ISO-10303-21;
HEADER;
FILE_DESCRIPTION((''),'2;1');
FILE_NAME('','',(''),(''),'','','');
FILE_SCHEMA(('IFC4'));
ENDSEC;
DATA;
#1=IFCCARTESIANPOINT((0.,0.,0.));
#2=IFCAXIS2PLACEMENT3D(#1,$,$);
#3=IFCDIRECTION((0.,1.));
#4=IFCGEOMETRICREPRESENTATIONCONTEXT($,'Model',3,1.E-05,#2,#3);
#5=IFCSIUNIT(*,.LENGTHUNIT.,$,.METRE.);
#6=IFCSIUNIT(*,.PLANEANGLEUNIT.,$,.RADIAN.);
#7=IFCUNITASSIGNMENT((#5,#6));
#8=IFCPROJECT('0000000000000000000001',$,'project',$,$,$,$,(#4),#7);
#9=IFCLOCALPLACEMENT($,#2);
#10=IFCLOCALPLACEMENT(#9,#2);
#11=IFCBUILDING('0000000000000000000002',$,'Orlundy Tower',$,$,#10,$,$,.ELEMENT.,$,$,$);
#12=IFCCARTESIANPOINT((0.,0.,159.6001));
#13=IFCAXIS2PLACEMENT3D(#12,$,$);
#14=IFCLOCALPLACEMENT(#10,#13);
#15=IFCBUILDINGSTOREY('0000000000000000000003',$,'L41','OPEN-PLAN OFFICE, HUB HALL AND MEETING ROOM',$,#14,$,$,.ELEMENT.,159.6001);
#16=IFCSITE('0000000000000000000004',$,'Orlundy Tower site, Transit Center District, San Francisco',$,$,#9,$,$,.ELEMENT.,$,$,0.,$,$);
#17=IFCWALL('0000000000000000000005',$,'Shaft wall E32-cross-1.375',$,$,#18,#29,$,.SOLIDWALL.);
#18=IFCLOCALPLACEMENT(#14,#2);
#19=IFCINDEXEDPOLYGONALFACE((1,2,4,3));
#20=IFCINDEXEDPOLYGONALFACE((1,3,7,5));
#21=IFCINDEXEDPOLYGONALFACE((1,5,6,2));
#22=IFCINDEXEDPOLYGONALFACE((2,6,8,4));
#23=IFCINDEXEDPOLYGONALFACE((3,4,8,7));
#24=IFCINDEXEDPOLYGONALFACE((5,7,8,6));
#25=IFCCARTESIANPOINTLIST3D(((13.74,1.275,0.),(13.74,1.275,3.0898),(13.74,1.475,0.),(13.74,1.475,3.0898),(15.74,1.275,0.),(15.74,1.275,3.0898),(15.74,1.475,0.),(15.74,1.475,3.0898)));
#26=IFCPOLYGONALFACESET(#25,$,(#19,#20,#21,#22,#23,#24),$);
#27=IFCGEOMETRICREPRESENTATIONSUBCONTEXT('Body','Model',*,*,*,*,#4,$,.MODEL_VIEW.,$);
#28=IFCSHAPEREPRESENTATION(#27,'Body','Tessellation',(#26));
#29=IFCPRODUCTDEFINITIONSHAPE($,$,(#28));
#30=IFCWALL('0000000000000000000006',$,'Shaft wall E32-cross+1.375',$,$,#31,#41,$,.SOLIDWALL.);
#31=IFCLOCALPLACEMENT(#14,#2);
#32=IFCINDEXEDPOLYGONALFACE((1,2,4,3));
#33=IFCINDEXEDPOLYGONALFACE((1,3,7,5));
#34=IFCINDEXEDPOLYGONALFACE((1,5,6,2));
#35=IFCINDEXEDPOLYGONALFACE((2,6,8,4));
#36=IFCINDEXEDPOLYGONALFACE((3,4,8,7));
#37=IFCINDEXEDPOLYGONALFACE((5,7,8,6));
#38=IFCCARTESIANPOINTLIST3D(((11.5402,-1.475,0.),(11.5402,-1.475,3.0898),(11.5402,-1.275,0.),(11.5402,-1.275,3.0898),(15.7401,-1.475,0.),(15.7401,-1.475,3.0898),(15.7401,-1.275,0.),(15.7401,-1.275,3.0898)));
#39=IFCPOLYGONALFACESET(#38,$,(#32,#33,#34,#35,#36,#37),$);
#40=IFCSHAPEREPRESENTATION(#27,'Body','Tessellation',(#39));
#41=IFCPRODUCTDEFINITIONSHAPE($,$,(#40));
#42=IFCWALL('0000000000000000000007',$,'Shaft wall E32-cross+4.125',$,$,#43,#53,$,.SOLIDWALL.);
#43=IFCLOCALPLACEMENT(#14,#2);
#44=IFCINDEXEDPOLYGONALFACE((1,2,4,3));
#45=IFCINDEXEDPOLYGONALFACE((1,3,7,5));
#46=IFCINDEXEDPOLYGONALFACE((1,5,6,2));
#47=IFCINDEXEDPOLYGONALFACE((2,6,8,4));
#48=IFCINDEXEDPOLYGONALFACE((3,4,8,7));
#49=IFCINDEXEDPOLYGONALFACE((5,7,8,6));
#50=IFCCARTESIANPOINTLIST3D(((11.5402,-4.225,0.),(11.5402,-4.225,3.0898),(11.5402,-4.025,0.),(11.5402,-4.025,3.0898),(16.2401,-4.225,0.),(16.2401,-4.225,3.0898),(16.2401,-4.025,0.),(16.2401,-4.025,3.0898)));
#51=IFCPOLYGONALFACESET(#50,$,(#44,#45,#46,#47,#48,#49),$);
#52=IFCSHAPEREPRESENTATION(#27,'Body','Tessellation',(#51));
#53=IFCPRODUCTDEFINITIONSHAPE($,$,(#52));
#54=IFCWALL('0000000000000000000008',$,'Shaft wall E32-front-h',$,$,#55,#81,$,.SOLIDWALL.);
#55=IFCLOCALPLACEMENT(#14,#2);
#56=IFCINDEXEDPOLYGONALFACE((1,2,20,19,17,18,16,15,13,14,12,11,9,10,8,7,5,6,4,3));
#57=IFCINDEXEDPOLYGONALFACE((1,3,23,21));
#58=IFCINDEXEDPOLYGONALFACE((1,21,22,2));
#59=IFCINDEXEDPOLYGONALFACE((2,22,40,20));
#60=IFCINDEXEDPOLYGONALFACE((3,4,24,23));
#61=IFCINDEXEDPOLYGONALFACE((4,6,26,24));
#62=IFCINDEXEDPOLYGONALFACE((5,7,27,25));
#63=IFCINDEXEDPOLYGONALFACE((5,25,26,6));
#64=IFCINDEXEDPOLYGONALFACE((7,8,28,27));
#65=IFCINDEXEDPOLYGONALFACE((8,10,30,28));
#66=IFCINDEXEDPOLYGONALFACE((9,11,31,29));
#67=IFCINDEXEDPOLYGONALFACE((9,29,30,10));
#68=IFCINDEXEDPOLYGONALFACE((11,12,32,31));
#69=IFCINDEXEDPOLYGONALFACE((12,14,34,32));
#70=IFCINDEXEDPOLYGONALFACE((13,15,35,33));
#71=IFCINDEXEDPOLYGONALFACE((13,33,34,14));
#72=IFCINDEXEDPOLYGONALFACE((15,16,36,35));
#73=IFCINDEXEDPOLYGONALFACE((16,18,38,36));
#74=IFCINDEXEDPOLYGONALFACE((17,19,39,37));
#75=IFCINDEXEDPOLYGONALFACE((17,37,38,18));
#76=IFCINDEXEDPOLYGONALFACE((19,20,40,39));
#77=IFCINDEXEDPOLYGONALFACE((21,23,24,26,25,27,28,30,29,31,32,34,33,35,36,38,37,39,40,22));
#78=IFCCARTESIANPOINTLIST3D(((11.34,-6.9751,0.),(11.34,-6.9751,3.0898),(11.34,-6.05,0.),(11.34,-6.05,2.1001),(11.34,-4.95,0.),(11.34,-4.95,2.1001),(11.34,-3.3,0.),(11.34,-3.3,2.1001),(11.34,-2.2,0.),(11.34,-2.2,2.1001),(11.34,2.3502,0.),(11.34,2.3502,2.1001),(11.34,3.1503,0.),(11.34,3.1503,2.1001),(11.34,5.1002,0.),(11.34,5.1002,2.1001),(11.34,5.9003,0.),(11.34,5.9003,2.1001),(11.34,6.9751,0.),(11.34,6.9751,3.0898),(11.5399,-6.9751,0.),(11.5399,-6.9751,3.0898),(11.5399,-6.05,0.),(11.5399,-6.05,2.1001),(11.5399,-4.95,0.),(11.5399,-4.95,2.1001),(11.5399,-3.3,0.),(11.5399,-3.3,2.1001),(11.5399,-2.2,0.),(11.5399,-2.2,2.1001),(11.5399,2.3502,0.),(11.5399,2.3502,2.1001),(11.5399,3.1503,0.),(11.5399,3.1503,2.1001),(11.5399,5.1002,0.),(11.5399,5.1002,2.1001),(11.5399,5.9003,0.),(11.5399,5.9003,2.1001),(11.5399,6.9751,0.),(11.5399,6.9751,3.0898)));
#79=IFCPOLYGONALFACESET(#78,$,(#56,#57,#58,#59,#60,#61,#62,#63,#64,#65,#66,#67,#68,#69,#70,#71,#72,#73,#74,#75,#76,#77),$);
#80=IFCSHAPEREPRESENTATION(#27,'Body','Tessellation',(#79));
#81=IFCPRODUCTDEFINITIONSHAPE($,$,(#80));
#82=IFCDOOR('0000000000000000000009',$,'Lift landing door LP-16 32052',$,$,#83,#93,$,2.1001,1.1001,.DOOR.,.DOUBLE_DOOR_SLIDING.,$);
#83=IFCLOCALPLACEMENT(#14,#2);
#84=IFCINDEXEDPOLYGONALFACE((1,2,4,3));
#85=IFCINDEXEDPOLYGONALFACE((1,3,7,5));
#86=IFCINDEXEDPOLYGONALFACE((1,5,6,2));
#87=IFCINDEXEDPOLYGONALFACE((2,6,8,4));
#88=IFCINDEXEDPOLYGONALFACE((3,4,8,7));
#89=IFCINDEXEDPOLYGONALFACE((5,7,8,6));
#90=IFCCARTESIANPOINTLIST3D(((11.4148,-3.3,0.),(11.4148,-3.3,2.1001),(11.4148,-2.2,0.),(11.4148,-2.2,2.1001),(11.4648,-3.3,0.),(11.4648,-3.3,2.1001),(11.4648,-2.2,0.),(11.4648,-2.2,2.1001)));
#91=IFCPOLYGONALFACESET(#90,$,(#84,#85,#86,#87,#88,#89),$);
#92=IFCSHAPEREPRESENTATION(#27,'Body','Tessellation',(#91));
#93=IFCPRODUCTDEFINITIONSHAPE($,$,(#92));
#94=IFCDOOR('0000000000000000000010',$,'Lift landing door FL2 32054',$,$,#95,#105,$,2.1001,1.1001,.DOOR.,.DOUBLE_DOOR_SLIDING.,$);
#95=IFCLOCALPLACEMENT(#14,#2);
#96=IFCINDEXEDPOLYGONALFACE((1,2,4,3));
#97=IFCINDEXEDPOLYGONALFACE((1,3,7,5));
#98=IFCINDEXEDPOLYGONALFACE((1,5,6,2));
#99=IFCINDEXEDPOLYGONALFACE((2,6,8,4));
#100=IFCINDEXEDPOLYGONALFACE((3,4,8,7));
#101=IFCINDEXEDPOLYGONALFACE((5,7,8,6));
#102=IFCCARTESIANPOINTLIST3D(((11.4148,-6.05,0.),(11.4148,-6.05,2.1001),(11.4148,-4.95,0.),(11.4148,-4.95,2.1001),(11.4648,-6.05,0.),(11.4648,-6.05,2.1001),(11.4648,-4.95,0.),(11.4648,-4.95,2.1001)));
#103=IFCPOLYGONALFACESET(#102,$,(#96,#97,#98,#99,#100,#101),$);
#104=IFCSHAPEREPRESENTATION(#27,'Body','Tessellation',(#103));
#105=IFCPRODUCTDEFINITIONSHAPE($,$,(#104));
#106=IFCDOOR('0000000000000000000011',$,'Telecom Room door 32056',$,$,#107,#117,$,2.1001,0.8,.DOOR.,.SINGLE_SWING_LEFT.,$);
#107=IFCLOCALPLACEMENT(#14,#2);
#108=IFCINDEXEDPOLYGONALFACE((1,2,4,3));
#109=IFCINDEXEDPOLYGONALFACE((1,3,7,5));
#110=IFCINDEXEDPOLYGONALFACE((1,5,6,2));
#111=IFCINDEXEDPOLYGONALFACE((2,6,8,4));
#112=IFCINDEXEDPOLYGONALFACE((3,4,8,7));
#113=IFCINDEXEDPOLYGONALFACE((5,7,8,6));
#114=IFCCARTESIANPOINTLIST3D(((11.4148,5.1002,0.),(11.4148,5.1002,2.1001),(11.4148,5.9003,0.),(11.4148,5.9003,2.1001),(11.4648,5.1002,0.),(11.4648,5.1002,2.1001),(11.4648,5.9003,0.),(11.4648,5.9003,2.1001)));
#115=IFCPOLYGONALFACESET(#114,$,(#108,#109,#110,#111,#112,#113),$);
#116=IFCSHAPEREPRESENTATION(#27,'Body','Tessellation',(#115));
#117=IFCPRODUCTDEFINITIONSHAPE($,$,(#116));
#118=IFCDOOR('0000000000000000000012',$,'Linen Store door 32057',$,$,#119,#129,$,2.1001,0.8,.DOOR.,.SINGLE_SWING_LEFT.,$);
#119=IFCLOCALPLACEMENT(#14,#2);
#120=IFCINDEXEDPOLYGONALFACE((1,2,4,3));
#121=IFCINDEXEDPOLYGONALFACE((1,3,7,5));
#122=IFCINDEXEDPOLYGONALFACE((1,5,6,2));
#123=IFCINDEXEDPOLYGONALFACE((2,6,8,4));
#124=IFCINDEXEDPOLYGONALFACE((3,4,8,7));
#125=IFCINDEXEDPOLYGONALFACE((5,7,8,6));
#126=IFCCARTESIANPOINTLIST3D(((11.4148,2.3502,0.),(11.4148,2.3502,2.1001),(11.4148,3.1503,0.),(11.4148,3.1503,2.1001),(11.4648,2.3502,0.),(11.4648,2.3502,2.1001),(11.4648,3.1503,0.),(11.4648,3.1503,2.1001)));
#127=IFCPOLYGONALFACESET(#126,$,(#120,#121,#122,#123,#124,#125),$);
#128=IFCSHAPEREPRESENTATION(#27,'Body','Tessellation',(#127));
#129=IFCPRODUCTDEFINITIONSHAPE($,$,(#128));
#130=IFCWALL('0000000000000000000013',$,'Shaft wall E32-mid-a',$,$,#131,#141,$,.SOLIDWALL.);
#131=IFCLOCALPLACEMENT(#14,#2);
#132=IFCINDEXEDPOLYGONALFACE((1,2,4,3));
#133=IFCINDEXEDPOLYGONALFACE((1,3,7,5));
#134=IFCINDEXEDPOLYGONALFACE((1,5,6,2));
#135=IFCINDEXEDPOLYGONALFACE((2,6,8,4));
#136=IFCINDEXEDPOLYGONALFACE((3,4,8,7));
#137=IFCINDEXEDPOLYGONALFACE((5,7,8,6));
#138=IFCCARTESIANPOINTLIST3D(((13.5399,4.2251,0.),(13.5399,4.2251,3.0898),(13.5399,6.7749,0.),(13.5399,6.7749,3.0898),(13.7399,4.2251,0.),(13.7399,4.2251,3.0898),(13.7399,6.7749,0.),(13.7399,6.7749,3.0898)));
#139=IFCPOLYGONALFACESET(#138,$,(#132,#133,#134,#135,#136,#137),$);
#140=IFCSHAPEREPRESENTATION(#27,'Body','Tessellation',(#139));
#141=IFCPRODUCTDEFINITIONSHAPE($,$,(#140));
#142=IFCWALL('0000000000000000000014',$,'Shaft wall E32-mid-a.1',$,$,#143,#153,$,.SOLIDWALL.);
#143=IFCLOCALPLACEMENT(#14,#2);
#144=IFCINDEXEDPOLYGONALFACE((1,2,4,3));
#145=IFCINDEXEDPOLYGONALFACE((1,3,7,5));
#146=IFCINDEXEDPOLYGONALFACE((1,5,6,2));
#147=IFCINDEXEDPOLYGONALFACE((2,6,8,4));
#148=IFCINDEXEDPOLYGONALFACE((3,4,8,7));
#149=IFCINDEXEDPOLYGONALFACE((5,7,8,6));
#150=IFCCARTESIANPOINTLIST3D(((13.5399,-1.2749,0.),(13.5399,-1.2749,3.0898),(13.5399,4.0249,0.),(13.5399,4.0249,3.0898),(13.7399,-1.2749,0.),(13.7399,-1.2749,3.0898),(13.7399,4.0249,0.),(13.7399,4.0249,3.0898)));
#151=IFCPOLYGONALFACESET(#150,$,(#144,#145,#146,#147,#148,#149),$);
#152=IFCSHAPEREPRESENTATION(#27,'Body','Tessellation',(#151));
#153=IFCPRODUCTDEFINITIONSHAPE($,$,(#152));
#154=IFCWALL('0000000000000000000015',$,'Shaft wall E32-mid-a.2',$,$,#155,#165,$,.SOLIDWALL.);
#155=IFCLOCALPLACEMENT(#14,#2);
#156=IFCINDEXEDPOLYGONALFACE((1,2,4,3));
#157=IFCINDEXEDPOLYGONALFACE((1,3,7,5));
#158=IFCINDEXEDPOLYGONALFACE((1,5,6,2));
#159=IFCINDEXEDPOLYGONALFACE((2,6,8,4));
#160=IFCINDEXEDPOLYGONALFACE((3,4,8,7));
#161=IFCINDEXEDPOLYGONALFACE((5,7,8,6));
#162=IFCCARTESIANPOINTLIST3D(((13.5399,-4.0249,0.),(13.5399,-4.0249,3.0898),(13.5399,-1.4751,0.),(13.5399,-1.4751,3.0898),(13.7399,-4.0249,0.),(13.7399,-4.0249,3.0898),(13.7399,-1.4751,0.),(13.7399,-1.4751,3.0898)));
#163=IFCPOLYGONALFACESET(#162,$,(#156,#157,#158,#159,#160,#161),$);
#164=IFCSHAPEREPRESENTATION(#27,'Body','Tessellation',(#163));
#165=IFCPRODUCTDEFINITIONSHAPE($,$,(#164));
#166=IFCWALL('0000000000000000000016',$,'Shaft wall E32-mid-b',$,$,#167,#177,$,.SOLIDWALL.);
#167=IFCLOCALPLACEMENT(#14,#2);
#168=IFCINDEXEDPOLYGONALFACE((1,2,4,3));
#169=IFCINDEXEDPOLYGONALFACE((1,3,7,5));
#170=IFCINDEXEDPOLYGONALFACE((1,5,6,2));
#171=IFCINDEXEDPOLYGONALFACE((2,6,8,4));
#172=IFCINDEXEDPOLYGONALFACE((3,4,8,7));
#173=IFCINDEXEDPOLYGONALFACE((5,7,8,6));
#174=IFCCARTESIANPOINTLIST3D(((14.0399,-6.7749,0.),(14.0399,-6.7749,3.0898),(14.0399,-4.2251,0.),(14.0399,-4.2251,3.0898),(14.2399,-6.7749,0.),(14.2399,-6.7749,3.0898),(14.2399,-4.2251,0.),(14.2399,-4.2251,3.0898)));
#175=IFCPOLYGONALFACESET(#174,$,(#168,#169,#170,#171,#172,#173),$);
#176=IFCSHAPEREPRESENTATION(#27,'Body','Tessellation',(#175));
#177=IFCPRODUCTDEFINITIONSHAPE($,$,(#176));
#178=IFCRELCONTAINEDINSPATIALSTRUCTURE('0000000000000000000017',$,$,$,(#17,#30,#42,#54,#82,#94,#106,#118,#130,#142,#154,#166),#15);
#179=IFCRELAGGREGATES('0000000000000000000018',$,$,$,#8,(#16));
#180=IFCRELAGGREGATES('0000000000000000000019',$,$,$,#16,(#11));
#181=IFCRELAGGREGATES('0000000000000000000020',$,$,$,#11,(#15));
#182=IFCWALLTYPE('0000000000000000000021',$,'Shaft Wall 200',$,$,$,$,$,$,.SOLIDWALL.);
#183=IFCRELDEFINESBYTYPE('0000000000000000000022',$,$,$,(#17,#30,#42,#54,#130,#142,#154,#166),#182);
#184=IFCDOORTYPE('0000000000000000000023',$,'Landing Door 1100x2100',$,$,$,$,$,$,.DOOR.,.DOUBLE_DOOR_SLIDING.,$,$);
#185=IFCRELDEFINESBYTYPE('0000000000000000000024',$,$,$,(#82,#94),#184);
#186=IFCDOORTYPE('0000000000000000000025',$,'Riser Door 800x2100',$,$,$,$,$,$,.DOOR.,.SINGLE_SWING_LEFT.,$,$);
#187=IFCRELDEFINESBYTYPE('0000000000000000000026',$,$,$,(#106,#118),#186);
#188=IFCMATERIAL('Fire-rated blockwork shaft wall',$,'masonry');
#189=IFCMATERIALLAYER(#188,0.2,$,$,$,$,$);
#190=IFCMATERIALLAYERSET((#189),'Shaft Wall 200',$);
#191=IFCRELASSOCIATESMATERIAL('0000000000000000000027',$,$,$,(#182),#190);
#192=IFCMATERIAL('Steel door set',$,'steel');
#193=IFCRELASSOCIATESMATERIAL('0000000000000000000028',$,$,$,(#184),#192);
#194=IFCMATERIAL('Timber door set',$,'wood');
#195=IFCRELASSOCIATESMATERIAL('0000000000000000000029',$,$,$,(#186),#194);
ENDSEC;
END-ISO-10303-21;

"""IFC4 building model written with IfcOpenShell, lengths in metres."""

from ifc_helpers import new_model, si_unit, direction, frame, frame_2d, origin, place, context, subcontext, project, spatial, rectangle, extrude, material, layer, layer_set, type_object, element, fill, save


model = new_model("IFC4")

# Units and contexts
model_context = context("Model", 3, precision=1e-05, world=origin(), true_north=direction((0.0, 1.0)))
body_context = subcontext(model_context, "Body", "Model", "MODEL_VIEW")
ifc_project = project(units=[si_unit("LENGTHUNIT", "METRE"), si_unit("PLANEANGLEUNIT", "RADIAN")], contexts=[model_context])

# Site, building, storey
site_placement = place(None, origin())
site = spatial("IfcSite", under=ifc_project, at=site_placement, Name="Orlundy Tower site, Transit Center District, San Francisco", CompositionType="ELEMENT", RefElevation=0.0)
building_placement = place(site_placement, origin())
building = spatial("IfcBuilding", under=site, at=building_placement, Name="Orlundy Tower", CompositionType="ELEMENT")
storey_placement = place(building_placement, frame((0.0, 0.0, 159.6001)))
storey = spatial("IfcBuildingStorey", under=building, at=storey_placement, Name="L41", Description="OPEN-PLAN OFFICE, HUB HALL AND MEETING ROOM", CompositionType="ELEMENT", Elevation=159.6001)

# Walls
ifc_material_1 = material(Name="Fire-rated blockwork shaft wall", Category="masonry")
ifc_layer_1 = layer(ifc_material_1, 0.2)
ifc_layer_set_1 = layer_set([ifc_layer_1], Name="Shaft Wall 200")
wall_type_1 = type_object("IfcWallType", Name="Shaft Wall 200", PredefinedType="SOLIDWALL", material=ifc_layer_set_1)
wall_1_placement = place(storey_placement, frame((13.74, 1.375, 0.0), z_axis=(0.0, 0.0, 1.0), x_axis=(1.0, 0.0, 0.0)))
element("IfcWall", 1, at=wall_1_placement, inside=storey, type_object=wall_type_1, Name="Shaft wall E32-cross-1.375", PredefinedType="SOLIDWALL", context=body_context, shape_type="SweptSolid", body=[
    extrude(rectangle(XDim=2.0, YDim=0.2, at=frame_2d((1.0, 0.0))), origin(), (0.0, 0.0, 1.0), 3.0898),
])
wall_2_placement = place(storey_placement, frame((11.54, -1.375, 0.0), z_axis=(0.0, 0.0, 1.0), x_axis=(1.0, 0.0, 0.0)))
element("IfcWall", 2, at=wall_2_placement, inside=storey, type_object=wall_type_1, Name="Shaft wall E32-cross+1.375", PredefinedType="SOLIDWALL", context=body_context, shape_type="SweptSolid", body=[
    extrude(rectangle(XDim=4.2, YDim=0.2, at=frame_2d((2.1001, 0.0))), origin(), (0.0, 0.0, 1.0), 3.0898),
])
wall_3_placement = place(storey_placement, frame((11.54, -4.125, 0.0), z_axis=(0.0, 0.0, 1.0), x_axis=(1.0, 0.0, 0.0)))
element("IfcWall", 3, at=wall_3_placement, inside=storey, type_object=wall_type_1, Name="Shaft wall E32-cross+4.125", PredefinedType="SOLIDWALL", context=body_context, shape_type="SweptSolid", body=[
    extrude(rectangle(XDim=4.7, YDim=0.2, at=frame_2d((2.3501, 0.0))), origin(), (0.0, 0.0, 1.0), 3.0898),
])

# Wall, openings, doors
wall_4_placement = place(storey_placement, frame((11.4399, 6.9751, 0.0), z_axis=(0.0, 0.0, 1.0), x_axis=(0.0, -1.0, 0.0)))
wall_4 = element("IfcWall", 4, at=wall_4_placement, inside=storey, type_object=wall_type_1, Name="Shaft wall E32-front-h", PredefinedType="SOLIDWALL", context=body_context, shape_type="SweptSolid", body=[
    extrude(rectangle(XDim=13.9502, YDim=0.2, at=frame_2d((6.9751, 0.0))), origin(), (0.0, 0.0, 1.0), 3.0898),
])
opening_1_placement = place(wall_4_placement, frame((9.175, 0.0, 0.0)))
opening_1 = element("IfcOpeningElement", 5, at=opening_1_placement, cuts=wall_4, PredefinedType="OPENING", context=body_context, shape_type="SweptSolid", body=[
    extrude(rectangle(XDim=1.1001, YDim=2.1001, at=frame_2d((0.55, 1.05))), frame((0.0, 0.1101, 0.0), z_axis=(0.0, -1.0, 0.0), x_axis=(1.0, 0.0, 0.0)), (0.0, 0.0, 1.0), 0.2202),
])
opening_2_placement = place(wall_4_placement, frame((11.925, 0.0, 0.0)))
opening_2 = element("IfcOpeningElement", 6, at=opening_2_placement, cuts=wall_4, PredefinedType="OPENING", context=body_context, shape_type="SweptSolid", body=[
    extrude(rectangle(XDim=1.1001, YDim=2.1001, at=frame_2d((0.55, 1.05))), frame((0.0, 0.1101, 0.0), z_axis=(0.0, -1.0, 0.0), x_axis=(1.0, 0.0, 0.0)), (0.0, 0.0, 1.0), 0.2202),
])
opening_3_placement = place(wall_4_placement, frame((1.075, 0.0, 0.0)))
opening_3 = element("IfcOpeningElement", 7, at=opening_3_placement, cuts=wall_4, PredefinedType="OPENING", context=body_context, shape_type="SweptSolid", body=[
    extrude(rectangle(XDim=0.8, YDim=2.1001, at=frame_2d((0.3999, 1.05))), frame((0.0, 0.1101, 0.0), z_axis=(0.0, -1.0, 0.0), x_axis=(1.0, 0.0, 0.0)), (0.0, 0.0, 1.0), 0.2202),
])
opening_4_placement = place(wall_4_placement, frame((3.825, 0.0, 0.0)))
opening_4 = element("IfcOpeningElement", 8, at=opening_4_placement, cuts=wall_4, PredefinedType="OPENING", context=body_context, shape_type="SweptSolid", body=[
    extrude(rectangle(XDim=0.8, YDim=2.1001, at=frame_2d((0.3999, 1.05))), frame((0.0, 0.1101, 0.0), z_axis=(0.0, -1.0, 0.0), x_axis=(1.0, 0.0, 0.0)), (0.0, 0.0, 1.0), 0.2202),
])
ifc_material_2 = material(Name="Steel door set", Category="steel")
door_type_1 = type_object("IfcDoorType", Name="Landing Door 1100x2100", OperationType="DOUBLE_DOOR_SLIDING", PredefinedType="DOOR", material=ifc_material_2)
door_1_placement = place(opening_1_placement, origin())
door_1 = element("IfcDoor", 9, at=door_1_placement, inside=storey, type_object=door_type_1, Name="Lift landing door LP-16 32052", OperationType="DOUBLE_DOOR_SLIDING", OverallHeight=2.1001, OverallWidth=1.1001, PredefinedType="DOOR", context=body_context, shape_type="SweptSolid", body=[
    extrude(rectangle(XDim=1.1001, YDim=2.1001, at=frame_2d((0.55, 1.05))), frame((0.0, 0.0249, 0.0), z_axis=(0.0, -1.0, 0.0), x_axis=(1.0, 0.0, 0.0)), (0.0, 0.0, 1.0), 0.05),
])
fill(opening_1, door_1)
door_2_placement = place(opening_2_placement, origin())
door_2 = element("IfcDoor", 10, at=door_2_placement, inside=storey, type_object=door_type_1, Name="Lift landing door FL2 32054", OperationType="DOUBLE_DOOR_SLIDING", OverallHeight=2.1001, OverallWidth=1.1001, PredefinedType="DOOR", context=body_context, shape_type="SweptSolid", body=[
    extrude(rectangle(XDim=1.1001, YDim=2.1001, at=frame_2d((0.55, 1.05))), frame((0.0, 0.0249, 0.0), z_axis=(0.0, -1.0, 0.0), x_axis=(1.0, 0.0, 0.0)), (0.0, 0.0, 1.0), 0.05),
])
fill(opening_2, door_2)
ifc_material_3 = material(Name="Timber door set", Category="wood")
door_type_2 = type_object("IfcDoorType", Name="Riser Door 800x2100", OperationType="SINGLE_SWING_LEFT", PredefinedType="DOOR", material=ifc_material_3)
door_3_placement = place(opening_3_placement, origin())
door_3 = element("IfcDoor", 11, at=door_3_placement, inside=storey, type_object=door_type_2, Name="Telecom Room door 32056", OperationType="SINGLE_SWING_LEFT", OverallHeight=2.1001, OverallWidth=0.8, PredefinedType="DOOR", context=body_context, shape_type="SweptSolid", body=[
    extrude(rectangle(XDim=0.8, YDim=2.1001, at=frame_2d((0.3999, 1.05))), frame((0.0, 0.0249, 0.0), z_axis=(0.0, -1.0, 0.0), x_axis=(1.0, 0.0, 0.0)), (0.0, 0.0, 1.0), 0.05),
])
fill(opening_3, door_3)
door_4_placement = place(opening_4_placement, origin())
door_4 = element("IfcDoor", 12, at=door_4_placement, inside=storey, type_object=door_type_2, Name="Linen Store door 32057", OperationType="SINGLE_SWING_LEFT", OverallHeight=2.1001, OverallWidth=0.8, PredefinedType="DOOR", context=body_context, shape_type="SweptSolid", body=[
    extrude(rectangle(XDim=0.8, YDim=2.1001, at=frame_2d((0.3999, 1.05))), frame((0.0, 0.0249, 0.0), z_axis=(0.0, -1.0, 0.0), x_axis=(1.0, 0.0, 0.0)), (0.0, 0.0, 1.0), 0.05),
])
fill(opening_4, door_4)

# Walls
wall_5_placement = place(storey_placement, frame((13.6399, 6.7749, 0.0), z_axis=(0.0, 0.0, 1.0), x_axis=(0.0, -1.0, 0.0)))
element("IfcWall", 13, at=wall_5_placement, inside=storey, type_object=wall_type_1, Name="Shaft wall E32-mid-a", PredefinedType="SOLIDWALL", context=body_context, shape_type="SweptSolid", body=[
    extrude(rectangle(XDim=2.5498, YDim=0.2, at=frame_2d((1.2749, 0.0))), origin(), (0.0, 0.0, 1.0), 3.0898),
])
wall_6_placement = place(storey_placement, frame((13.6399, 4.0249, 0.0), z_axis=(0.0, 0.0, 1.0), x_axis=(0.0, -1.0, 0.0)))
element("IfcWall", 14, at=wall_6_placement, inside=storey, type_object=wall_type_1, Name="Shaft wall E32-mid-a.1", PredefinedType="SOLIDWALL", context=body_context, shape_type="SweptSolid", body=[
    extrude(rectangle(XDim=5.2998, YDim=0.2, at=frame_2d((2.6499, 0.0))), origin(), (0.0, 0.0, 1.0), 3.0898),
])
for number, where, z_axis, x_axis, name in (
    (15, (13.6399, -1.4751, 0.0), (0.0, 0.0, 1.0), (0.0, -1.0, 0.0), "Shaft wall E32-mid-a.2"),
    (16, (14.1399, -4.2251, 0.0), (0.0, 0.0, 1.0), (0.0, -1.0, 0.0), "Shaft wall E32-mid-b"),
):
    element("IfcWall", number, at=place(storey_placement, frame(where, z_axis=z_axis, x_axis=x_axis)), inside=storey, type_object=wall_type_1, Name=name, PredefinedType="SOLIDWALL", context=body_context, shape_type="SweptSolid", body=[
        extrude(rectangle(XDim=2.5498, YDim=0.2, at=frame_2d((1.2749, 0.0))), origin(), (0.0, 0.0, 1.0), 3.0898),
    ])

save(model, "model.ifc")
